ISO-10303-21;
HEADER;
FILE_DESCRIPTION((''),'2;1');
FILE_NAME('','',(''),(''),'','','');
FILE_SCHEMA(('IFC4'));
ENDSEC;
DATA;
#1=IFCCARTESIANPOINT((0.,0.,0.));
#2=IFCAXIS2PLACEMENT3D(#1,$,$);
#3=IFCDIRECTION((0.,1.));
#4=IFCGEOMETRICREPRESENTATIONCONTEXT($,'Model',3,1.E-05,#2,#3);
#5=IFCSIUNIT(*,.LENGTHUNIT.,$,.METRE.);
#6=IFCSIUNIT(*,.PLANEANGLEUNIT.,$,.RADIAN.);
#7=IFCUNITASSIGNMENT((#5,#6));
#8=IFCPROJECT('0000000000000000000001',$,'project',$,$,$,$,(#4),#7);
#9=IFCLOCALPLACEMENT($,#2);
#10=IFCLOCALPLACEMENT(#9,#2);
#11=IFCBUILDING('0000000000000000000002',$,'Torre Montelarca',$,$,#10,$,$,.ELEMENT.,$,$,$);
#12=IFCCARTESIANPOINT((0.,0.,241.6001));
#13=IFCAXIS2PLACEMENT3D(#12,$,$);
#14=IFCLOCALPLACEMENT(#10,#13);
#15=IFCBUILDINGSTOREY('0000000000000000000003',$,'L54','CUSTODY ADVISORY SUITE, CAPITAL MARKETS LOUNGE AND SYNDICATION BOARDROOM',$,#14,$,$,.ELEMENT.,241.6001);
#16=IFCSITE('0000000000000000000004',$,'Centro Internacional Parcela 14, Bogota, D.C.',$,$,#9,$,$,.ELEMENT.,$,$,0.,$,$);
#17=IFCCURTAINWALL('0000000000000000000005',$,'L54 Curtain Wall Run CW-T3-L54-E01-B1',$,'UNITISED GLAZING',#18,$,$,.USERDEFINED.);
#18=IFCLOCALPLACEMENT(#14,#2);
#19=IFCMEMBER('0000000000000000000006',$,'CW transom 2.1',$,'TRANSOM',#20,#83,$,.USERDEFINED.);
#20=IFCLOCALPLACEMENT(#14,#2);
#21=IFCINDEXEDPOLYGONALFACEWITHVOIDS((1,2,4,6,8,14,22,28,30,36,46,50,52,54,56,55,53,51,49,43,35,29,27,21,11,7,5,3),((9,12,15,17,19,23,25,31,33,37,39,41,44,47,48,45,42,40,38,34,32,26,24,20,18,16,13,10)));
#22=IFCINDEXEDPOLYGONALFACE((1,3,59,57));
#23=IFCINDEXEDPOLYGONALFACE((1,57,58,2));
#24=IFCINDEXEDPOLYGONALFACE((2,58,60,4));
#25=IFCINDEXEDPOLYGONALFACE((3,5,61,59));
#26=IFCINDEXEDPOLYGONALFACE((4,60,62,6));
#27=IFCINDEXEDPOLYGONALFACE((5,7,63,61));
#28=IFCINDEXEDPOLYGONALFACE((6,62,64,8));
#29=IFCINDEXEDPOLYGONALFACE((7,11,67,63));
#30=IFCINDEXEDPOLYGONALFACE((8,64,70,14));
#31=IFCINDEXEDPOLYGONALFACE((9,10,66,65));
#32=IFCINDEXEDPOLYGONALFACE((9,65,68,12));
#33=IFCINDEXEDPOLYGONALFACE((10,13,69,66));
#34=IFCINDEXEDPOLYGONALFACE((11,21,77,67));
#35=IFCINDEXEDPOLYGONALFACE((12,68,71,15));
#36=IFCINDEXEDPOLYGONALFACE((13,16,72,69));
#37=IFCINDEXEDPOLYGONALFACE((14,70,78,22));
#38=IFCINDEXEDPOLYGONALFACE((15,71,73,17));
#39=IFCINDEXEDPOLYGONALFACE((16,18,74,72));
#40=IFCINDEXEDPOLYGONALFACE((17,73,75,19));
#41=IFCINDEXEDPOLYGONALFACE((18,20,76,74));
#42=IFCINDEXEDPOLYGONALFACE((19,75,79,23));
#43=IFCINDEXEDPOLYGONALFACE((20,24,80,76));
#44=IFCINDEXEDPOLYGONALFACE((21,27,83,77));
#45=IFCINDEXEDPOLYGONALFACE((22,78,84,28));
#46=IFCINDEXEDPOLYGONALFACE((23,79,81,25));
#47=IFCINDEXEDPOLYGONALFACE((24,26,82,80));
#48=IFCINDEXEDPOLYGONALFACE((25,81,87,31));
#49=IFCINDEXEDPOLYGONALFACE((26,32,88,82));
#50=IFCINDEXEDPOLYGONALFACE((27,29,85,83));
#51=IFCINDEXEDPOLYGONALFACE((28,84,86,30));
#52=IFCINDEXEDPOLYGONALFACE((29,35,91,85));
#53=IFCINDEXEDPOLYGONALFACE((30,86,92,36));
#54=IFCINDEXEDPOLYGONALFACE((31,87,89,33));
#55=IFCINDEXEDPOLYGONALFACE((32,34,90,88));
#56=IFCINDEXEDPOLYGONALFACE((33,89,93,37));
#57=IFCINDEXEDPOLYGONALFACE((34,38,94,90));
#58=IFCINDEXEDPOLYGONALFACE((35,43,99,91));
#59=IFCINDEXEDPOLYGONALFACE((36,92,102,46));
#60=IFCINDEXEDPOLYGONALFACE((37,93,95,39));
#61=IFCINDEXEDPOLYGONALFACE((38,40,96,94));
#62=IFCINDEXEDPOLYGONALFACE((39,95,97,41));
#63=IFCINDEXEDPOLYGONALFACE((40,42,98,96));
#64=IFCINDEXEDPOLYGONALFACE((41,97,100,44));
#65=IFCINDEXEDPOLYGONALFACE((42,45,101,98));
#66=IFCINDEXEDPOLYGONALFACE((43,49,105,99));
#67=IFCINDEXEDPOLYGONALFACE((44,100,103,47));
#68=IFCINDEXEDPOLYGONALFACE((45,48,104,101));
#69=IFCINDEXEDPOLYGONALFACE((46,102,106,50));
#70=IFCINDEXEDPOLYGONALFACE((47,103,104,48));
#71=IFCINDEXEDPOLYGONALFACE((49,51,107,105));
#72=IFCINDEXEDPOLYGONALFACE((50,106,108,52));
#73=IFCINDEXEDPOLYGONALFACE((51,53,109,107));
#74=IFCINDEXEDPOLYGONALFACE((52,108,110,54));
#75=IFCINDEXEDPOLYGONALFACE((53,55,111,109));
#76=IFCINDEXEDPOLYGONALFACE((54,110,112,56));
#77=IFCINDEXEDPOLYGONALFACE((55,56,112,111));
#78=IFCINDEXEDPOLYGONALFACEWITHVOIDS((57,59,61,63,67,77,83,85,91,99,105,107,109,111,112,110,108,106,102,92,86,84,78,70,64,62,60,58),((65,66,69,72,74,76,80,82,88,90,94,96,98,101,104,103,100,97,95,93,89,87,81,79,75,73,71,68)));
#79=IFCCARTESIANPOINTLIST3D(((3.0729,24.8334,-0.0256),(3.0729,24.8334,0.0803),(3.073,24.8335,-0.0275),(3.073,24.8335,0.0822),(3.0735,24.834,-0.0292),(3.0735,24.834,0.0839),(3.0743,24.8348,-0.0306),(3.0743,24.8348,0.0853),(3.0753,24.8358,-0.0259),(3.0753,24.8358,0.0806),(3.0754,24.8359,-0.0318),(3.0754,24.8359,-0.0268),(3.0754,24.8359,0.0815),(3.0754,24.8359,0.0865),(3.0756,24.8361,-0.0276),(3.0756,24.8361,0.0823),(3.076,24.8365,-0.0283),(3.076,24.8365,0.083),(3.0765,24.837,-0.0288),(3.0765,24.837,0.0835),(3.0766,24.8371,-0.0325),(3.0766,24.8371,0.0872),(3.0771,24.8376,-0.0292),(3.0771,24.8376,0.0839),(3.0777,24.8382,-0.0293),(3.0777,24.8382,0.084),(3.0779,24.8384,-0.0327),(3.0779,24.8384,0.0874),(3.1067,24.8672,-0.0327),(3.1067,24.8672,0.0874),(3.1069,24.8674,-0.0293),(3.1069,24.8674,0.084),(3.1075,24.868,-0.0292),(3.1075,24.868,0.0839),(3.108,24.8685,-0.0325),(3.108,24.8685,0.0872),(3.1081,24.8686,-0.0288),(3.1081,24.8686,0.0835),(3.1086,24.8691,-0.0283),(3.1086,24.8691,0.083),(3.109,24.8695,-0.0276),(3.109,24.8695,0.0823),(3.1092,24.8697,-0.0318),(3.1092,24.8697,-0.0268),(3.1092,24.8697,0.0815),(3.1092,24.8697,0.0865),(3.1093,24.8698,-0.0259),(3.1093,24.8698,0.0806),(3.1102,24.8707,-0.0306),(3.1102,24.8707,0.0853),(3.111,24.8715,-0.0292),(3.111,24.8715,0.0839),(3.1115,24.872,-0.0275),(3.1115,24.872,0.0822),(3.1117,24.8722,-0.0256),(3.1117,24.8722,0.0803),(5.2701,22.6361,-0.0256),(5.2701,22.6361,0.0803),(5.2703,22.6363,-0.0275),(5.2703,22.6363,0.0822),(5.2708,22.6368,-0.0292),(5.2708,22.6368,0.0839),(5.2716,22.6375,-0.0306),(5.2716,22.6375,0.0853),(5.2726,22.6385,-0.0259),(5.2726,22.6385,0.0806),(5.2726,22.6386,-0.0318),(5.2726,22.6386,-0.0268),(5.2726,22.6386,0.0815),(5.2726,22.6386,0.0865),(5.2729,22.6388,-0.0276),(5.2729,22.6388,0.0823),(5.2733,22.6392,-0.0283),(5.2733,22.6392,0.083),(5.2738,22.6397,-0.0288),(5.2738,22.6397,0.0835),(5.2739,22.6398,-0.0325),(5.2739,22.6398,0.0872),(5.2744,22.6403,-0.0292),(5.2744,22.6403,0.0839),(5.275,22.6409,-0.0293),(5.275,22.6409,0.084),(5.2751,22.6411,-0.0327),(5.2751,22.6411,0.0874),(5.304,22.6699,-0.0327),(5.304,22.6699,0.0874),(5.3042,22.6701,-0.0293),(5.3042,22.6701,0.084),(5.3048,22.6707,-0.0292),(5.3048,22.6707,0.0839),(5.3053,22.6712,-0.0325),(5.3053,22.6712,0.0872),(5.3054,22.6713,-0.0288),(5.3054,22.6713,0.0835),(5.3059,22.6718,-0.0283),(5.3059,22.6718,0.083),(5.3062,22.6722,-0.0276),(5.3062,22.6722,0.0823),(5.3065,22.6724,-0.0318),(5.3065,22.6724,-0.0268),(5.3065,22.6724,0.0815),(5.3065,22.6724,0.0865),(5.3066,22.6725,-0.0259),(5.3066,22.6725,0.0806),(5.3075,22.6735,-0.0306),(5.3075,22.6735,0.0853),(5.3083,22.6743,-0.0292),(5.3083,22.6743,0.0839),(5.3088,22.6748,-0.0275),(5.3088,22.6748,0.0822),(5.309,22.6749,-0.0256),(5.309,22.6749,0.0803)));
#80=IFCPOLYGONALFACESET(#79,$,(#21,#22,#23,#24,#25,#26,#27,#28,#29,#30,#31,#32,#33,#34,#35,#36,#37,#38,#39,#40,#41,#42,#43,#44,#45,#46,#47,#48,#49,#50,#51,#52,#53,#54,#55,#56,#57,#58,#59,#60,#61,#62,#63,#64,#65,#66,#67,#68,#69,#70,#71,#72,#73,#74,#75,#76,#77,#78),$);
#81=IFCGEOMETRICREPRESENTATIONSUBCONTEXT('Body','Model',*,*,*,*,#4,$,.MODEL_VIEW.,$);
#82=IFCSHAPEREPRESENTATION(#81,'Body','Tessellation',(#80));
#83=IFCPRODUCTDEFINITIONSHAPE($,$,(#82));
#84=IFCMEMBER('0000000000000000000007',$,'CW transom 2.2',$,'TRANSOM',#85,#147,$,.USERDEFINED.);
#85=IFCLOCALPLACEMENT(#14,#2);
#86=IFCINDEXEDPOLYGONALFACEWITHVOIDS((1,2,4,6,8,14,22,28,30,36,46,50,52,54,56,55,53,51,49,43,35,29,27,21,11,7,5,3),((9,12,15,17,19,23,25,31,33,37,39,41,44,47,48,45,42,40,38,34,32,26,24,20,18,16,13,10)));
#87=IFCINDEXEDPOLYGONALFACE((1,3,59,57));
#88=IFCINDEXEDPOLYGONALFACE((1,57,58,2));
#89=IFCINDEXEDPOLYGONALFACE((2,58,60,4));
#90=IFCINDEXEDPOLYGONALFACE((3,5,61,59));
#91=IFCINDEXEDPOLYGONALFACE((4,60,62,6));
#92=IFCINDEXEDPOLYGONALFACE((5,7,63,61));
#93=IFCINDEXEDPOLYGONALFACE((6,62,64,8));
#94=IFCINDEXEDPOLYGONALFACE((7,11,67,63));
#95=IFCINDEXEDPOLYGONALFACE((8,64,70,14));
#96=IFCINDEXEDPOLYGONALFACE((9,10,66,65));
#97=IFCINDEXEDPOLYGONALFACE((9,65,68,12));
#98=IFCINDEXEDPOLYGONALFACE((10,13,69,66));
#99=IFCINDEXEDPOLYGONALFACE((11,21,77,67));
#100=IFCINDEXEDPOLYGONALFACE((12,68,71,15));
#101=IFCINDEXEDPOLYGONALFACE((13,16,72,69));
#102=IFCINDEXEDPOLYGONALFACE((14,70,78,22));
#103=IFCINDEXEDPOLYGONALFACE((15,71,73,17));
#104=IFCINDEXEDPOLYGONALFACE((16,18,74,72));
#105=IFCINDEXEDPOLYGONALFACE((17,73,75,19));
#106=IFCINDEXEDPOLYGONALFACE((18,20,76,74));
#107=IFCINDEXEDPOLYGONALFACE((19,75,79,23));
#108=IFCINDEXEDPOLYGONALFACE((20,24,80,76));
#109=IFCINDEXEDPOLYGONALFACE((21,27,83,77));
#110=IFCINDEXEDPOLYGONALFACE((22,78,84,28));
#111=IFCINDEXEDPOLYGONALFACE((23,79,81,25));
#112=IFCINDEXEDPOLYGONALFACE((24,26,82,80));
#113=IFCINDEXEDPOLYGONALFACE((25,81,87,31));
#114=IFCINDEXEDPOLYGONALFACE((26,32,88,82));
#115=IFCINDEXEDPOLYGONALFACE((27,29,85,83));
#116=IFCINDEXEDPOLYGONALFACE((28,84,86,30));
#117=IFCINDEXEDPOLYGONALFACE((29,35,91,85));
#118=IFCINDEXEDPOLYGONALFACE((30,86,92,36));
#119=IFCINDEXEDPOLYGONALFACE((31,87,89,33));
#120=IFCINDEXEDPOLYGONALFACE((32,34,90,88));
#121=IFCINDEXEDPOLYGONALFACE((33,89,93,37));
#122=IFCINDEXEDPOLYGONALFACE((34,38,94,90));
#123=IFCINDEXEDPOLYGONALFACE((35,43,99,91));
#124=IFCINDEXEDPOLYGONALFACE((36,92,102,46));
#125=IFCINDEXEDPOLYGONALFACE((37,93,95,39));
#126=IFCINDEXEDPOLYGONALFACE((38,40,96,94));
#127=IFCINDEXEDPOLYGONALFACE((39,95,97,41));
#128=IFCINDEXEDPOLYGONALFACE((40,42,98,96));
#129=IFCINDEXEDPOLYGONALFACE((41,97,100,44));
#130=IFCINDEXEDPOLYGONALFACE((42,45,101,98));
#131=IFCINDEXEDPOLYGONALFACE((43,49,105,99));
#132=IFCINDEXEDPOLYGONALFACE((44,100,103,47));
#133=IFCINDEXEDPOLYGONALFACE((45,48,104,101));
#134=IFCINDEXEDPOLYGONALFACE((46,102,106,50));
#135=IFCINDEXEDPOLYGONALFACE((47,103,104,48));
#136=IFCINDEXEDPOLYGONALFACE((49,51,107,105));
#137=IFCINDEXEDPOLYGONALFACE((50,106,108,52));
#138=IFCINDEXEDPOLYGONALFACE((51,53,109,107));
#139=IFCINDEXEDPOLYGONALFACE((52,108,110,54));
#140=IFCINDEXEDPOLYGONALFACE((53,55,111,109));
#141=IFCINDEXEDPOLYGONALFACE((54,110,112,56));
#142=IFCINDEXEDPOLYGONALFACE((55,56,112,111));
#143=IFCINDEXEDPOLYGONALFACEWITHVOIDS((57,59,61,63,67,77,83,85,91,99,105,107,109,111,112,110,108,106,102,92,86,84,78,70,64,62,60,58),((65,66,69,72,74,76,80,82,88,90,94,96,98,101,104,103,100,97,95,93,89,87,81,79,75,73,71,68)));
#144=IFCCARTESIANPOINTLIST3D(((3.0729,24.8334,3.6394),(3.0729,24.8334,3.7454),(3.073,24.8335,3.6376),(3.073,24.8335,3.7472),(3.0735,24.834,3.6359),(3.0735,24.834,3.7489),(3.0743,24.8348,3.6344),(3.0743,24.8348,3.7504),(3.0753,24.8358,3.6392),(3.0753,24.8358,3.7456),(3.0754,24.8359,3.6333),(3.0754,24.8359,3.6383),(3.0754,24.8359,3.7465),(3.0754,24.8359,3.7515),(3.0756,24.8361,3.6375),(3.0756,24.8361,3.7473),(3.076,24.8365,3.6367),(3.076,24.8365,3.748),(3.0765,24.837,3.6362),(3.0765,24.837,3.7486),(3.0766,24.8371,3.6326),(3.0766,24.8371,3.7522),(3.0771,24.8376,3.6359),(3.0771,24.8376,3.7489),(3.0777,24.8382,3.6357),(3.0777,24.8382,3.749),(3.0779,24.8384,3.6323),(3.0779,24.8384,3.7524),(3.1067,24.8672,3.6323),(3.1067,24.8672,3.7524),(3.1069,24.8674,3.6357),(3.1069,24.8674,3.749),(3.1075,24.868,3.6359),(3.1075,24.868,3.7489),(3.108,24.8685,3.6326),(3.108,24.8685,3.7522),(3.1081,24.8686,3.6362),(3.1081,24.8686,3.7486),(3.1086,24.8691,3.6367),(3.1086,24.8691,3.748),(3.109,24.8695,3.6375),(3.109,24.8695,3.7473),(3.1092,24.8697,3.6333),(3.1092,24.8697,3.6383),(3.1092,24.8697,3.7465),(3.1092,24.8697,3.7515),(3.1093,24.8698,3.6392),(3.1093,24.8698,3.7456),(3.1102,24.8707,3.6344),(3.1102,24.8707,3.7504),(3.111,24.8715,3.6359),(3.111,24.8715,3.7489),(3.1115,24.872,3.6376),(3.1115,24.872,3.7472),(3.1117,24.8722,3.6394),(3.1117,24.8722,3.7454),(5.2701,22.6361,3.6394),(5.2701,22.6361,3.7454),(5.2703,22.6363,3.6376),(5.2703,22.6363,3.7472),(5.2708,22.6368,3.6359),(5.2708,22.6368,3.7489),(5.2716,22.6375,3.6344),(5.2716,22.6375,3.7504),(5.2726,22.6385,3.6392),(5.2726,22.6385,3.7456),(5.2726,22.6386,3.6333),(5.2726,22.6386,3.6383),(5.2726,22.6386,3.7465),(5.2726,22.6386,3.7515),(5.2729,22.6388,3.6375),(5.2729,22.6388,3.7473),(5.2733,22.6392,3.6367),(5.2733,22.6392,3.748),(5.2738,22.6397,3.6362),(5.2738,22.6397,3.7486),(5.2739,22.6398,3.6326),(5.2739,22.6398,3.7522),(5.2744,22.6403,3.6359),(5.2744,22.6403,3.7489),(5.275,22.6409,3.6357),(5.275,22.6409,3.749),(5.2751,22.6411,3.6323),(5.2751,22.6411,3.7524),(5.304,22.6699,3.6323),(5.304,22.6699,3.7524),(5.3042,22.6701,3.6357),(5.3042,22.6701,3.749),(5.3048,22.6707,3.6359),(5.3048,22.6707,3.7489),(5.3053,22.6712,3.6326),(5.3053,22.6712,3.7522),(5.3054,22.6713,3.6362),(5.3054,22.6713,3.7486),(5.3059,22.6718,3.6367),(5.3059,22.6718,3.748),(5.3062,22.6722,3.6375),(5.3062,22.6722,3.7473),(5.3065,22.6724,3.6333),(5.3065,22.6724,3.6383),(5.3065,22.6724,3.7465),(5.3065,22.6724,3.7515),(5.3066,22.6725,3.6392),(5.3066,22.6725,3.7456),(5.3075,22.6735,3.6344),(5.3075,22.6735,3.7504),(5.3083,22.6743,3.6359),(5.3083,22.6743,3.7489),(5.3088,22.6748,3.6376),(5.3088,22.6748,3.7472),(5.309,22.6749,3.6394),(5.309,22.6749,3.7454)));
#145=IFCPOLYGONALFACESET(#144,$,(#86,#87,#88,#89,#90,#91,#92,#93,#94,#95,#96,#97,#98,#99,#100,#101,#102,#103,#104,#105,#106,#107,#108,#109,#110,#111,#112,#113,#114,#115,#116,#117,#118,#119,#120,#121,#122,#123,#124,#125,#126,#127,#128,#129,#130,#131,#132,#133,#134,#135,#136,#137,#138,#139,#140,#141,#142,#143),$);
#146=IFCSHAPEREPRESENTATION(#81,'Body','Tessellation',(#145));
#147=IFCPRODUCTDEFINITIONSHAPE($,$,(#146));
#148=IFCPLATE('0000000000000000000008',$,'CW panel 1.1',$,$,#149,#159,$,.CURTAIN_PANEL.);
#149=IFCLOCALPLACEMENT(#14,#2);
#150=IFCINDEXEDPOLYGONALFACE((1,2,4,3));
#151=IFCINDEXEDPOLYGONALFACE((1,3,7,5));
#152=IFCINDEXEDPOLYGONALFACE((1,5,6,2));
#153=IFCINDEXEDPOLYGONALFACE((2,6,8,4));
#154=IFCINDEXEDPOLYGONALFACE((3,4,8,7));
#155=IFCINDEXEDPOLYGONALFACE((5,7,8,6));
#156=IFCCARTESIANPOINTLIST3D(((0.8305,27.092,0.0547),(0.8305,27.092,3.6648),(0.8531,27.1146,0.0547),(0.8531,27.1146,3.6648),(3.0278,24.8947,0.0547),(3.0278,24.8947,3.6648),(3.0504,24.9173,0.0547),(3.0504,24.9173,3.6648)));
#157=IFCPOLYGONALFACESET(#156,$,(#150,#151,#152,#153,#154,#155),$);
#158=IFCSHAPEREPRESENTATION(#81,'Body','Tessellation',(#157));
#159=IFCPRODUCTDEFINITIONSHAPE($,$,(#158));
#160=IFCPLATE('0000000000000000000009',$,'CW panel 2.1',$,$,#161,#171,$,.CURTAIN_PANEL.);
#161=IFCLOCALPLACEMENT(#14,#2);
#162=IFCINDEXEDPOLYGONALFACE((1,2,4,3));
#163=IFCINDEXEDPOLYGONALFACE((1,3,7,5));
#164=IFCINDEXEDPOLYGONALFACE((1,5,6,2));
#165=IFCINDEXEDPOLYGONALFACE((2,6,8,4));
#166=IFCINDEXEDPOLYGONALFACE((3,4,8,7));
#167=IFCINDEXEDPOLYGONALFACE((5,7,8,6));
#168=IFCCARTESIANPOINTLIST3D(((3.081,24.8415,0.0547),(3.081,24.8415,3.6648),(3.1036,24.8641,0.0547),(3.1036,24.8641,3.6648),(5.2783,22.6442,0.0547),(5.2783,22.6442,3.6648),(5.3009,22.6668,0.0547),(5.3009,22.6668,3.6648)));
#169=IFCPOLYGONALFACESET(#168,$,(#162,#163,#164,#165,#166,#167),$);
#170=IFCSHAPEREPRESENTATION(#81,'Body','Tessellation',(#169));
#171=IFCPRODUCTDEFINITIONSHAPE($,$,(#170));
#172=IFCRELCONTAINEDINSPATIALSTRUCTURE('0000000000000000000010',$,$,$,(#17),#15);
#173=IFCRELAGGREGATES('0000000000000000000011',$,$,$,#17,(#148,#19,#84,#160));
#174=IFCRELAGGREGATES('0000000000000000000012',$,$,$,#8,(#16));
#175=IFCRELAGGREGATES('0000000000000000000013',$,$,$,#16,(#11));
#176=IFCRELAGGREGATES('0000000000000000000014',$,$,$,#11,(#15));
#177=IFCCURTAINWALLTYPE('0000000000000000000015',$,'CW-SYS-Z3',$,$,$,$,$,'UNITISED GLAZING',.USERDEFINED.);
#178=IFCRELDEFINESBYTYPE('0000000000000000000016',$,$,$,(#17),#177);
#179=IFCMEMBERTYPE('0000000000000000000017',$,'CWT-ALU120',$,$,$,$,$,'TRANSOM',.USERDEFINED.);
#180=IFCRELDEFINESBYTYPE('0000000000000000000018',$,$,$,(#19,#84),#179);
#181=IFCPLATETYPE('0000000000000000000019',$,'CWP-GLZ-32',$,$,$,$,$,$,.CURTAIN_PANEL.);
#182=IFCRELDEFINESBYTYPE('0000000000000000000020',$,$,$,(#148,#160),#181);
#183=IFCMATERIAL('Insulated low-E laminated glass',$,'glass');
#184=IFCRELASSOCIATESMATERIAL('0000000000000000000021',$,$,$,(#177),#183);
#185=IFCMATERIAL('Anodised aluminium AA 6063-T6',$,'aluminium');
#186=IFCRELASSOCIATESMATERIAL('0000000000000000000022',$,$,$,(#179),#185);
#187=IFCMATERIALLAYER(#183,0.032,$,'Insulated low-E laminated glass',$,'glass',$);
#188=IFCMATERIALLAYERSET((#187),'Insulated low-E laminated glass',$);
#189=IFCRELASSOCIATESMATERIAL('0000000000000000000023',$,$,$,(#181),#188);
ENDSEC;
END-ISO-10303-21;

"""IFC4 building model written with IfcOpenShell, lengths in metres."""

from ifc_helpers import new_model, si_unit, direction, frame, origin, origin_2d, place, context, subcontext, project, spatial, rectangle, hollow_rectangle, extrude, source, transform, mapped, material, layer, layer_set, material_profile, profile_set, type_object, element, aggregate, save


model = new_model("IFC4")

# Units and contexts
model_context = context("Model", 3, precision=1e-05, world=origin(), true_north=direction((0.0, 1.0)))
body_context = subcontext(model_context, "Body", "Model", "MODEL_VIEW")
ifc_project = project(units=[si_unit("LENGTHUNIT", "METRE"), si_unit("PLANEANGLEUNIT", "RADIAN")], contexts=[model_context])

# Site, building, storey
site_placement = place(None, origin())
site = spatial("IfcSite", under=ifc_project, at=site_placement, Name="Centro Internacional Parcela 14, Bogota, D.C.", CompositionType="ELEMENT", RefElevation=0.0)
building_placement = place(site_placement, origin())
building = spatial("IfcBuilding", under=site, at=building_placement, Name="Torre Montelarca", CompositionType="ELEMENT")
storey_placement = place(building_placement, frame((0.0, 0.0, 241.6001)))
storey = spatial("IfcBuildingStorey", under=building, at=storey_placement, Name="L54", Description="CUSTODY ADVISORY SUITE, CAPITAL MARKETS LOUNGE AND SYNDICATION BOARDROOM", CompositionType="ELEMENT", Elevation=241.6001)

# Curtain wall, members, plates
ifc_material_1 = material(Name="Insulated low-E laminated glass", Category="glass")
curtain_wall_type = type_object("IfcCurtainWallType", Name="CW-SYS-Z3", ElementType="UNITISED GLAZING", PredefinedType="USERDEFINED", material=ifc_material_1)
curtain_wall_placement = place(storey_placement, origin())
curtain_wall = element("IfcCurtainWall", 1, at=curtain_wall_placement, inside=storey, type_object=curtain_wall_type, Name="L54 Curtain Wall Run CW-T3-L54-E01-B1", ObjectType="UNITISED GLAZING", PredefinedType="USERDEFINED")
ifc_material_2 = material(Name="Anodised aluminium AA 6063-T6", Category="aluminium")
ifc_material_profile_1 = material_profile(ifc_material_2, hollow_rectangle(XDim=0.0549, YDim=0.1201, WallThickness=0.0034, InnerFilletRadius=0.0034, OuterFilletRadius=0.0071, at=origin_2d()), Name="ALU55X120X3.5", Category="aluminium")
ifc_profile_set_1 = profile_set([ifc_material_profile_1], Name="Anodised aluminium AA 6063-T6")
member_type_1 = type_object("IfcMemberType", Name="CWT-ALU120", ElementType="TRANSOM", PredefinedType="USERDEFINED", material=ifc_profile_set_1)
shared_shape_1 = source(origin(), body_context, "Body", "SweptSolid", [
    extrude(hollow_rectangle(XDim=0.0549, YDim=0.1201, WallThickness=0.0034, InnerFilletRadius=0.0034, OuterFilletRadius=0.0071, at=origin_2d()), origin(), (0.0, 0.0, 1.0), 3.1074),
])
member_1_placement = place(storey_placement, frame((3.0923, 24.8528, 0.0273), z_axis=(0.707107, -0.707107, 0.0), x_axis=(0.707107, 0.707107, 0.0)))
member_1 = element("IfcMember", 2, at=member_1_placement, type_object=member_type_1, Name="CW transom 2.1", ObjectType="TRANSOM", PredefinedType="USERDEFINED", context=body_context, shape_type="MappedRepresentation", body=[
    mapped(shared_shape_1, transform((0.0, 0.0, 0.0), scale=1.0)),
])
member_2_placement = place(storey_placement, frame((3.0923, 24.8528, 3.6924), z_axis=(0.707107, -0.707107, 0.0), x_axis=(0.707107, 0.707107, 0.0)))
member_2 = element("IfcMember", 3, at=member_2_placement, type_object=member_type_1, Name="CW transom 2.2", ObjectType="TRANSOM", PredefinedType="USERDEFINED", context=body_context, shape_type="MappedRepresentation", body=[
    mapped(shared_shape_1, transform((0.0, 0.0, 0.0), scale=1.0)),
])
ifc_layer_1 = layer(ifc_material_1, 0.032, Name="Insulated low-E laminated glass", Category="glass")
ifc_layer_set_1 = layer_set([ifc_layer_1], Name="Insulated low-E laminated glass")
plate_type = type_object("IfcPlateType", Name="CWP-GLZ-32", PredefinedType="CURTAIN_PANEL", material=ifc_layer_set_1)
shared_shape_2 = source(origin(), body_context, "Body", "SweptSolid", [
    extrude(rectangle(XDim=3.1074, YDim=0.032, at=origin_2d()), origin(), (0.0, 0.0, 1.0), 3.6101),
])
plate_1_placement = place(storey_placement, frame((1.9404, 26.0046, 0.0547), z_axis=(0.0, 0.0, 1.0), x_axis=(0.707107, -0.707107, 0.0)))
plate_1 = element("IfcPlate", 4, at=plate_1_placement, type_object=plate_type, Name="CW panel 1.1", PredefinedType="CURTAIN_PANEL", context=body_context, shape_type="MappedRepresentation", body=[
    mapped(shared_shape_2, transform((0.0, 0.0, 0.0), scale=1.0)),
])
plate_2_placement = place(storey_placement, frame((4.1909, 23.7542, 0.0547), z_axis=(0.0, 0.0, 1.0), x_axis=(0.707107, -0.707107, 0.0)))
plate_2 = element("IfcPlate", 5, at=plate_2_placement, type_object=plate_type, Name="CW panel 2.1", PredefinedType="CURTAIN_PANEL", context=body_context, shape_type="MappedRepresentation", body=[
    mapped(shared_shape_2, transform((0.0, 0.0, 0.0), scale=1.0)),
])
aggregate(curtain_wall, [plate_1, member_1, member_2, plate_2])

save(model, "model.ifc")
